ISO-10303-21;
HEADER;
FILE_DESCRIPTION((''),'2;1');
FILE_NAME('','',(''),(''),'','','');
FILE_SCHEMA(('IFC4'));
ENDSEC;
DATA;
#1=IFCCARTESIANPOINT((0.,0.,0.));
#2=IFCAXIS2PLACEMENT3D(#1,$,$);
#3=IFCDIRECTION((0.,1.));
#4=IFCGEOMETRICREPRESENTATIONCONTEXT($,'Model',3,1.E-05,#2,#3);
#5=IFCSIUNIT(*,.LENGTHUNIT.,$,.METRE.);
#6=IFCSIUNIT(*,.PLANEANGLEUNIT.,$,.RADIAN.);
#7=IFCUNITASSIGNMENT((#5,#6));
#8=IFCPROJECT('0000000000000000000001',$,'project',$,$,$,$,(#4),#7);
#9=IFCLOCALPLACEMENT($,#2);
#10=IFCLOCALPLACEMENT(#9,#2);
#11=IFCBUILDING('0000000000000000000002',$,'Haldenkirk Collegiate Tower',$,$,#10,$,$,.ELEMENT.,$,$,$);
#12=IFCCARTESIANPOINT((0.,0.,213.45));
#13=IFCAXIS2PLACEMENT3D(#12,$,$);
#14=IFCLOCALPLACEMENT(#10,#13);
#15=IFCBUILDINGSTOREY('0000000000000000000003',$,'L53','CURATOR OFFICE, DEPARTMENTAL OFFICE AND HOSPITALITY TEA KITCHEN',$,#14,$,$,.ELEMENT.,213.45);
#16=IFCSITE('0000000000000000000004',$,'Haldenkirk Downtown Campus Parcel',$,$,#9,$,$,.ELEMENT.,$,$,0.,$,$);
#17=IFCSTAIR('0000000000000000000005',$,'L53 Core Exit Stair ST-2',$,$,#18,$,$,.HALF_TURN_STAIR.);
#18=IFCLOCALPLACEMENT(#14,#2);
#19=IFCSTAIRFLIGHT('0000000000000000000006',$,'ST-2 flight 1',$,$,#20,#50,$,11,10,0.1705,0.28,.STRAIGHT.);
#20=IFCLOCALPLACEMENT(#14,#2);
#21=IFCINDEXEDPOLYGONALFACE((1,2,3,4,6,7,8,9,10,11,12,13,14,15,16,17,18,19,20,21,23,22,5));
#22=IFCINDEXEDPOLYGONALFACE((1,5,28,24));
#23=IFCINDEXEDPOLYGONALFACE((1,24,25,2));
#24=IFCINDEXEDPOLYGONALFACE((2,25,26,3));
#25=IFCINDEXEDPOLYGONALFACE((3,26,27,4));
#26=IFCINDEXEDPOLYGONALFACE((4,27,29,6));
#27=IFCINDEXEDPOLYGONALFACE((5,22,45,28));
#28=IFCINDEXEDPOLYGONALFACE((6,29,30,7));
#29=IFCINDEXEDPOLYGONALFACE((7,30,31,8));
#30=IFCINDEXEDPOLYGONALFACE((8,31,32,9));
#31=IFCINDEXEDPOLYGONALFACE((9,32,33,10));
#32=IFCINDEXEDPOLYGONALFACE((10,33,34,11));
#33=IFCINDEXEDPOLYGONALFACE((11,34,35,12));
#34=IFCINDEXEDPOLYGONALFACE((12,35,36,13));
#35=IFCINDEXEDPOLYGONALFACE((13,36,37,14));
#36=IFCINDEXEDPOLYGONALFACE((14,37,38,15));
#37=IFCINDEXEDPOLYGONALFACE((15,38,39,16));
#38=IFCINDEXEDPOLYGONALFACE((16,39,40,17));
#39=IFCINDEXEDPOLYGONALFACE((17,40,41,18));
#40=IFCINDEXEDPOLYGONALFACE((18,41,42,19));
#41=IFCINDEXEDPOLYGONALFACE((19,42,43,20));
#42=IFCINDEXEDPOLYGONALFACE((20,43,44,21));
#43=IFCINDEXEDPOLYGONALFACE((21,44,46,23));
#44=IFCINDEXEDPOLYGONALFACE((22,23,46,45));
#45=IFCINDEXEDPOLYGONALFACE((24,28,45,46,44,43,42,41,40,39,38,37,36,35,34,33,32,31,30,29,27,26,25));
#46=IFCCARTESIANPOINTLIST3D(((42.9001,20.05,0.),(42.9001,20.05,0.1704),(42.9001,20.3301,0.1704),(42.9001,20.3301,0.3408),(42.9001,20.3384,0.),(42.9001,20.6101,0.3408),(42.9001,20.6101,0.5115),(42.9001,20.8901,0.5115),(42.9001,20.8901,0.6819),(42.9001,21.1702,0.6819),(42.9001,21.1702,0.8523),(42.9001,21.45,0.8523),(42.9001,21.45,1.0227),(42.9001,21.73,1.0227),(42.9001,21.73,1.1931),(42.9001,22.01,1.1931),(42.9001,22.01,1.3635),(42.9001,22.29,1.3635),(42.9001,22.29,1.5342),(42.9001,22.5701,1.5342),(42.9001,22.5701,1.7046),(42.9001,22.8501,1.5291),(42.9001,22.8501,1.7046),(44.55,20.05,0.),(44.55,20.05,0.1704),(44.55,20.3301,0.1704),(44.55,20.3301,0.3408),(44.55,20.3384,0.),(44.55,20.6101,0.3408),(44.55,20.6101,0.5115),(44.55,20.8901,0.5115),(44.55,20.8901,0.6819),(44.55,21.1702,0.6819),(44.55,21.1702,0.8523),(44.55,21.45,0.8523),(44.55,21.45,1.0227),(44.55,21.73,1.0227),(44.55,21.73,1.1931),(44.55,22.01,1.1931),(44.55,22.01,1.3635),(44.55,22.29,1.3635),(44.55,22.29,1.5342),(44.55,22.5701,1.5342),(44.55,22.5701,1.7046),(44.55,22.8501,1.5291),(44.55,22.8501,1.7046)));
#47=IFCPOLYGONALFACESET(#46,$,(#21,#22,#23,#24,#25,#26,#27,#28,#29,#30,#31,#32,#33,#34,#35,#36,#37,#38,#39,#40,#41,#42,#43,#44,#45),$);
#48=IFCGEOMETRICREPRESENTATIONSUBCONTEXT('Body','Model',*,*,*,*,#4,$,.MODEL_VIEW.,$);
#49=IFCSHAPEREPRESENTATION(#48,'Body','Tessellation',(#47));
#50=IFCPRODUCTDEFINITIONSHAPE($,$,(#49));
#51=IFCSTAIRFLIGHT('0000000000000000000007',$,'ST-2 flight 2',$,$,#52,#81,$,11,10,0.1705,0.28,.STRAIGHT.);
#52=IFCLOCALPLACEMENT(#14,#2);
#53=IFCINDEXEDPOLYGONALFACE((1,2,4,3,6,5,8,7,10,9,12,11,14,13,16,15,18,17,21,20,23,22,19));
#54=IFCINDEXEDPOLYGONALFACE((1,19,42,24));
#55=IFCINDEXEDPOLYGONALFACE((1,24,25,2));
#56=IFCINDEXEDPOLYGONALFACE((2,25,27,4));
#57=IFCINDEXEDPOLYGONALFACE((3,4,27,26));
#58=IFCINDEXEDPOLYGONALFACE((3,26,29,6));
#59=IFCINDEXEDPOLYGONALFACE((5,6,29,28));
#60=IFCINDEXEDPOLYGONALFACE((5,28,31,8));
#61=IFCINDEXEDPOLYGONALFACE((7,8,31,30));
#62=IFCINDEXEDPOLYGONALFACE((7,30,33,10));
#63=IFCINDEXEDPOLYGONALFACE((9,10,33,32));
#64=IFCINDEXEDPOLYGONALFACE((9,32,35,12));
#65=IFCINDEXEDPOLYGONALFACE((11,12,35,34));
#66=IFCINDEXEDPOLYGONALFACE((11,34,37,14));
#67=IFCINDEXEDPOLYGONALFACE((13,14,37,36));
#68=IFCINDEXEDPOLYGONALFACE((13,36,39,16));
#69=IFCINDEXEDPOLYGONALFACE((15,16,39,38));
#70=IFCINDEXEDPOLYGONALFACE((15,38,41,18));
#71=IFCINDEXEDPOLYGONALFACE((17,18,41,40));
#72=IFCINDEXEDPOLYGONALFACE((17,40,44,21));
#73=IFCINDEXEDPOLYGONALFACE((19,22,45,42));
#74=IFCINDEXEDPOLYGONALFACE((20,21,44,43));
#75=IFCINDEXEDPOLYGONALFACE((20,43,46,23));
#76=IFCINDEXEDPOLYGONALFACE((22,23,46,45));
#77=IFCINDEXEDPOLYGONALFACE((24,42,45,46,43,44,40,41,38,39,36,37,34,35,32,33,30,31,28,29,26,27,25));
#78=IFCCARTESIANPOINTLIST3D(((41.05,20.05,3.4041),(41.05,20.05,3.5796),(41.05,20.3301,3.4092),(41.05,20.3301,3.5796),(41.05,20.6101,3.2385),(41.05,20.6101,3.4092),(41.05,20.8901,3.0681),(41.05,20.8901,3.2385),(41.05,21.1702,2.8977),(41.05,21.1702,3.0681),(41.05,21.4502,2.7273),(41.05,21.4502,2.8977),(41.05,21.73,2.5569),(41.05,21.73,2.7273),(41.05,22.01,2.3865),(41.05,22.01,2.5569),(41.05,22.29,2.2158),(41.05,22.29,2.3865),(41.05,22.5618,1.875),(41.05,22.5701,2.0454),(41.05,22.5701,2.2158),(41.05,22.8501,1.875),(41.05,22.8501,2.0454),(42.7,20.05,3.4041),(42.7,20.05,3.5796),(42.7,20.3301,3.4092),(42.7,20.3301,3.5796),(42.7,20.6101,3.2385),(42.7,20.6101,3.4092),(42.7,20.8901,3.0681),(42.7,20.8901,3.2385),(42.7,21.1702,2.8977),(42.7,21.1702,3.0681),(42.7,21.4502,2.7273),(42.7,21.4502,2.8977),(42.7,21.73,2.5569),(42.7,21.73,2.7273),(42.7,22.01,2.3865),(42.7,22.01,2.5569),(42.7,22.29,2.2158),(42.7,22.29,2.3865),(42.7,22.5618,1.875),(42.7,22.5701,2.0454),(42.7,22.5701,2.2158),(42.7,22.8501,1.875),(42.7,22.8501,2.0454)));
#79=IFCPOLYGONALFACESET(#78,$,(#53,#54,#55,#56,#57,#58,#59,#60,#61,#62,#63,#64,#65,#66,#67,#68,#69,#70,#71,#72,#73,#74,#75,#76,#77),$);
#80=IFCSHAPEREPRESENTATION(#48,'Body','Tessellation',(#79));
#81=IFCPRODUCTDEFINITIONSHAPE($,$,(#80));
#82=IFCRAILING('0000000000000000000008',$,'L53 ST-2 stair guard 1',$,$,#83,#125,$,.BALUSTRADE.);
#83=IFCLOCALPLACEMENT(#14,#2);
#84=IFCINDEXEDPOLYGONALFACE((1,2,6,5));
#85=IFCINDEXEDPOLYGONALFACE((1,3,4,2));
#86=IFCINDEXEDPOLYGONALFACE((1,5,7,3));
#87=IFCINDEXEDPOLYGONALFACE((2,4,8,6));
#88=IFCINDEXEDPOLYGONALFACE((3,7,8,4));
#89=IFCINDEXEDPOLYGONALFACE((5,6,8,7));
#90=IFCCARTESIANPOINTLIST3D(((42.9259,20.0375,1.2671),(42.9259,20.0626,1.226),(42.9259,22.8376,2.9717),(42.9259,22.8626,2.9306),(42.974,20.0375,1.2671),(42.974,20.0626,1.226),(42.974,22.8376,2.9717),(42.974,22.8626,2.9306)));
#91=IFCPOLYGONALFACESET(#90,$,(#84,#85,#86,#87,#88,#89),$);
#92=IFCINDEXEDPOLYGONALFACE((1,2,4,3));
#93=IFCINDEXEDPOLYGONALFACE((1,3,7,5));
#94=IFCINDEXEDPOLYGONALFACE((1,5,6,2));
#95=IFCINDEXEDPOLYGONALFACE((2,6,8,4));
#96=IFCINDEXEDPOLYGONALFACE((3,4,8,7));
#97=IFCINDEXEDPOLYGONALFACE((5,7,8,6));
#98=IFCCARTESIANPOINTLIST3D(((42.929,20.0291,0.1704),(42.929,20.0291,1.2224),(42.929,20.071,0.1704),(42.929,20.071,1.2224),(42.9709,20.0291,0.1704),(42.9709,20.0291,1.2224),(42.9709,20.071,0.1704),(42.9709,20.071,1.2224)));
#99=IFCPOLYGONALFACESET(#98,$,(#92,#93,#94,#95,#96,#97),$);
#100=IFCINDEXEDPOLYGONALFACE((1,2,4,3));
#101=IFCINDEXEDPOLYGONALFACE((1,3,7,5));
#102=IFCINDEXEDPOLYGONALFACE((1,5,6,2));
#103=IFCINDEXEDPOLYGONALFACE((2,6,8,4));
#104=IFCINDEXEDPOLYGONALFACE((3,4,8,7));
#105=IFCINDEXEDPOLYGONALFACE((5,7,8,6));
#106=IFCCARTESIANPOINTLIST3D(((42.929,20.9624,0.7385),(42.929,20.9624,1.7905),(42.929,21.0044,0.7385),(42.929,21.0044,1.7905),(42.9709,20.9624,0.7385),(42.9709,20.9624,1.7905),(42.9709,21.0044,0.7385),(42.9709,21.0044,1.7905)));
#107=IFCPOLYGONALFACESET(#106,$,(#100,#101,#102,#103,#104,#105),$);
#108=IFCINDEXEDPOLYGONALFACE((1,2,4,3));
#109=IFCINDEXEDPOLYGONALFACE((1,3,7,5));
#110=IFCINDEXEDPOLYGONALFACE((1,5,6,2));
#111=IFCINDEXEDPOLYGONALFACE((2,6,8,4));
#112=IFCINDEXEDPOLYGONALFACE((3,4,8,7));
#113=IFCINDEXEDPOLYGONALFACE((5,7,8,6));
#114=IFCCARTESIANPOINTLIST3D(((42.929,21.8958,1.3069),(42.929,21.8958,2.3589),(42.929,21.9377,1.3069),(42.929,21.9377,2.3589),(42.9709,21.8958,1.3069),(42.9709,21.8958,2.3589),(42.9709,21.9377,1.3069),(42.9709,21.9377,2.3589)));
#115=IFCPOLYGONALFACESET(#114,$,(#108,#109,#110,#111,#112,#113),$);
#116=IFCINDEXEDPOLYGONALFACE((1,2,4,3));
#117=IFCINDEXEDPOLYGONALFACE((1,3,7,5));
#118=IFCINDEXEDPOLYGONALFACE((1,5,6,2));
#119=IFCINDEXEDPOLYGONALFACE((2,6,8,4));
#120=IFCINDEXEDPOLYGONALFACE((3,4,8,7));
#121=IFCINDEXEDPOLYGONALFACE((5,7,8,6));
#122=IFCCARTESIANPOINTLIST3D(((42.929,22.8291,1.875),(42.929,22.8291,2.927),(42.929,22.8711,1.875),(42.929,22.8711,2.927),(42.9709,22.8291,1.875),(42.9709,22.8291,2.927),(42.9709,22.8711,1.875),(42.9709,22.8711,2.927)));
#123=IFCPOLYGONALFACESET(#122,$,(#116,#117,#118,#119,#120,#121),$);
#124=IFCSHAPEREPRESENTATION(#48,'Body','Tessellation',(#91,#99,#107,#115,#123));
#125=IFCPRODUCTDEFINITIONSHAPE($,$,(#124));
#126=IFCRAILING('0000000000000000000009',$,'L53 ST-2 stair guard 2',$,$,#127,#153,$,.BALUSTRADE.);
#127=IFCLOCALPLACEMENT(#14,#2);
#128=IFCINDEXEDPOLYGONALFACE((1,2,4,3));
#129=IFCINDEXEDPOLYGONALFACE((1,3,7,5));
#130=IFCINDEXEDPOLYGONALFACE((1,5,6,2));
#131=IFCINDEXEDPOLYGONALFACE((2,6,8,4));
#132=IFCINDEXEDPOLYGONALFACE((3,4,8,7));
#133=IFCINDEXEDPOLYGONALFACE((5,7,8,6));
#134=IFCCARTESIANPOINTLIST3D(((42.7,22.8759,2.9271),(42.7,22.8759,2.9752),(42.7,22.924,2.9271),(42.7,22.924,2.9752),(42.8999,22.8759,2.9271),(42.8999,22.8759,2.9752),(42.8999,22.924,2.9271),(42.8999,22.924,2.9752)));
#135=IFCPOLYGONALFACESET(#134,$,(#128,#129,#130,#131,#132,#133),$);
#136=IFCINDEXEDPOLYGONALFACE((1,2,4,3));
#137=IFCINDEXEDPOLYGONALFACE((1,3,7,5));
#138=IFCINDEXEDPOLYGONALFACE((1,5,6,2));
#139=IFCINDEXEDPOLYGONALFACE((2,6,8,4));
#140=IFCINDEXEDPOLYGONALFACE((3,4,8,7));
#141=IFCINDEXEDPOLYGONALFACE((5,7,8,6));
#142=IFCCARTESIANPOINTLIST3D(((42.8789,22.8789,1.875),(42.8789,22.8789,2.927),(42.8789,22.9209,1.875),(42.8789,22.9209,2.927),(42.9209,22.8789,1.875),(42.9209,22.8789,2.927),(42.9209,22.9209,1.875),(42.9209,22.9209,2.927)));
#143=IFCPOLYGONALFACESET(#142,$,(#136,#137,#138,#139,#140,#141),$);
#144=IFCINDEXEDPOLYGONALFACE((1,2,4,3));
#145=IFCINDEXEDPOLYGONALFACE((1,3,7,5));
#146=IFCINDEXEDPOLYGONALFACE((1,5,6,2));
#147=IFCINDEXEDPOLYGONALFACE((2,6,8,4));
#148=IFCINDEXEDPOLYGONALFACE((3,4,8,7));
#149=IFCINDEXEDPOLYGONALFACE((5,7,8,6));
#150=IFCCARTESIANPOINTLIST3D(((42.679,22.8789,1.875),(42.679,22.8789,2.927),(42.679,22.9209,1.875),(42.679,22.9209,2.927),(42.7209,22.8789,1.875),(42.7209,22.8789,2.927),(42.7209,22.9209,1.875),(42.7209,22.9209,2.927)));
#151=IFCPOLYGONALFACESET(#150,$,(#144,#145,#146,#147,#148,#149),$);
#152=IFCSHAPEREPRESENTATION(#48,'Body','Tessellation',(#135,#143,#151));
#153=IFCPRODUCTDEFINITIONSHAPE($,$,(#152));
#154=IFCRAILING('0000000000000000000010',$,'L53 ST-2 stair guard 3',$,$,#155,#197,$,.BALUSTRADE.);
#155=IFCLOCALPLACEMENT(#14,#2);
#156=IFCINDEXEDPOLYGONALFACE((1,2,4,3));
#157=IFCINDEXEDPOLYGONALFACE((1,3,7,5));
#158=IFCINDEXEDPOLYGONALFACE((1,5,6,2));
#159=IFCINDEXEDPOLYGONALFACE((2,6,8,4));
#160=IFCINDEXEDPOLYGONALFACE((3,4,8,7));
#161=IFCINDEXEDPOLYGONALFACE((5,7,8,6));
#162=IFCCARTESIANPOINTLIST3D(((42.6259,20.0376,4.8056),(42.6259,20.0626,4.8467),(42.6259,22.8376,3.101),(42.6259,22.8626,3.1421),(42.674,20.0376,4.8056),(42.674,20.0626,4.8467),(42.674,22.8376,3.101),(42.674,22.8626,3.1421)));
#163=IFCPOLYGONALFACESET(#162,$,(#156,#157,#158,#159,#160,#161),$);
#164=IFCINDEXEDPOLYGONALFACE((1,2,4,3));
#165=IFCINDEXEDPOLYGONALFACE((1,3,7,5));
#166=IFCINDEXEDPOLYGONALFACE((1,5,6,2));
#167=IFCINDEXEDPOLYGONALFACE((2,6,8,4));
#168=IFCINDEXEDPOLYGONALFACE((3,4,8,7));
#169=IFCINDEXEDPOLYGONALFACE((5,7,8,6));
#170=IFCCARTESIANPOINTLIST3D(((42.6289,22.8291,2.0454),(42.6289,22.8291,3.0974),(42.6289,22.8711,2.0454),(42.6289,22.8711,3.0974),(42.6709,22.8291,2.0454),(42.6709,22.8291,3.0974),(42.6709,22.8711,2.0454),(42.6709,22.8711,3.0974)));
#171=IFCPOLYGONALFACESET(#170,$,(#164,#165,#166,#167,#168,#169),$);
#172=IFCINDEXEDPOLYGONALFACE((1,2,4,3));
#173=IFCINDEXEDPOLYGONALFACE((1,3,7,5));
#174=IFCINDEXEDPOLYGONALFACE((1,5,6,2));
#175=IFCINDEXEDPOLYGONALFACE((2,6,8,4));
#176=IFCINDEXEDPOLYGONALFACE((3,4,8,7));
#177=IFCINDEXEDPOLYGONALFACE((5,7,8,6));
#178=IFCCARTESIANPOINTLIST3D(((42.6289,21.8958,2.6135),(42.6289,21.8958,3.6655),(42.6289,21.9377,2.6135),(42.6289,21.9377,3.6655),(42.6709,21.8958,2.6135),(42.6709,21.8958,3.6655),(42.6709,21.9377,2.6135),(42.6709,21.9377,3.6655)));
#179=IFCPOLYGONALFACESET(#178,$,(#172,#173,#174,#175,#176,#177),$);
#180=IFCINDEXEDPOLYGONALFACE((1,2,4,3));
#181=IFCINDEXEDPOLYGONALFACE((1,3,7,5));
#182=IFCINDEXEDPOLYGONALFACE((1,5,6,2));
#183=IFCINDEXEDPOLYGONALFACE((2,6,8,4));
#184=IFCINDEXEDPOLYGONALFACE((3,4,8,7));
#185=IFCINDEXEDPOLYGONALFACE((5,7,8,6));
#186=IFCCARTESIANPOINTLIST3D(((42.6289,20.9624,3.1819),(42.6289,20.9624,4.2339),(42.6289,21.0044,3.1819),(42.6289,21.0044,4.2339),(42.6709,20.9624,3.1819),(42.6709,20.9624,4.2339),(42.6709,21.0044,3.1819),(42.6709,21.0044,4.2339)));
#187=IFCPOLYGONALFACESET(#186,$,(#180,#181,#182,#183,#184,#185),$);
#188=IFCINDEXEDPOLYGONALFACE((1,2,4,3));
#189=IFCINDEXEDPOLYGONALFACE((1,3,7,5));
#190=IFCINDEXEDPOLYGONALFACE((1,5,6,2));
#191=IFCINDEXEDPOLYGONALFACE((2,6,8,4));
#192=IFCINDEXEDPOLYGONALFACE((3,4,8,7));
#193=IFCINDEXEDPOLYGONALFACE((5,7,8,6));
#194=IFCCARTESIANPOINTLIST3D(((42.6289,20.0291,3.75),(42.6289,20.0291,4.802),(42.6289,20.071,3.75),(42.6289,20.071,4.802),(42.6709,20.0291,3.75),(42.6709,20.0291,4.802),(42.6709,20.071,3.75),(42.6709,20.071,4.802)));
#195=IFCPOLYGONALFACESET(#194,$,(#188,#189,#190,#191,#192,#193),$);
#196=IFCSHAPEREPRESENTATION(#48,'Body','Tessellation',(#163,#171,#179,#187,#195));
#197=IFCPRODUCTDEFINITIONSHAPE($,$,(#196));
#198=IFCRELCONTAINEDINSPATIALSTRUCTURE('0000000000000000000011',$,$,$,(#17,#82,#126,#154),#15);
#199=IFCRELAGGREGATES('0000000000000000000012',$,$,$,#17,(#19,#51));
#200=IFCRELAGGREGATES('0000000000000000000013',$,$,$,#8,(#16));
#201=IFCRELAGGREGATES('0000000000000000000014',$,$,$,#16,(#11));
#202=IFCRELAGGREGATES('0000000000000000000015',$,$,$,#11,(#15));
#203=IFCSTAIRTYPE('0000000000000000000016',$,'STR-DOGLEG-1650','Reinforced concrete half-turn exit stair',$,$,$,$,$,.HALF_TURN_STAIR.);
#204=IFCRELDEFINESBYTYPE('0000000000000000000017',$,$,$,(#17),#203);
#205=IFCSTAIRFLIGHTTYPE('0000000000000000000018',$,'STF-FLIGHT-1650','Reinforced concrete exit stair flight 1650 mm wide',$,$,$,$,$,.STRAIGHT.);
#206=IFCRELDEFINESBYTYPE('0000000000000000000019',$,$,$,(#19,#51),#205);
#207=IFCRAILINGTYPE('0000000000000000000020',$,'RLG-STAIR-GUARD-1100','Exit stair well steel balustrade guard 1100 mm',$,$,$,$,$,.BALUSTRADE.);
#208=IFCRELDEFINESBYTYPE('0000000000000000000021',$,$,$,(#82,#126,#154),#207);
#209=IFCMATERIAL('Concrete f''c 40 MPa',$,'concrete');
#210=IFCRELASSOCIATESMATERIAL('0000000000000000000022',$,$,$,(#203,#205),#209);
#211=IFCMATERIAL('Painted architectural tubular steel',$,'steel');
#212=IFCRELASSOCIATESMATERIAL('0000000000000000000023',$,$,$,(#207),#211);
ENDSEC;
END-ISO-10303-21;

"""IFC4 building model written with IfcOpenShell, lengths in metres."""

from ifc_helpers import new_model, si_unit, direction, frame, origin, origin_2d, place, context, subcontext, project, spatial, polyline, rectangle, outline, extrude, material, type_object, element, aggregate, save


model = new_model("IFC4")

# Units and contexts
model_context = context("Model", 3, precision=1e-05, world=origin(), true_north=direction((0.0, 1.0)))
body_context = subcontext(model_context, "Body", "Model", "MODEL_VIEW")
ifc_project = project(units=[si_unit("LENGTHUNIT", "METRE"), si_unit("PLANEANGLEUNIT", "RADIAN")], contexts=[model_context])

# Site, building, storey
site_placement = place(None, origin())
site = spatial("IfcSite", under=ifc_project, at=site_placement, Name="Haldenkirk Downtown Campus Parcel", CompositionType="ELEMENT", RefElevation=0.0)
building_placement = place(site_placement, origin())
building = spatial("IfcBuilding", under=site, at=building_placement, Name="Haldenkirk Collegiate Tower", CompositionType="ELEMENT")
storey_placement = place(building_placement, frame((0.0, 0.0, 213.45)))
storey = spatial("IfcBuildingStorey", under=building, at=storey_placement, Name="L53", Description="CURATOR OFFICE, DEPARTMENTAL OFFICE AND HOSPITALITY TEA KITCHEN", CompositionType="ELEMENT", Elevation=213.45)

# Stair, stair flights
ifc_material_1 = material(Name="Concrete f'c 40 MPa", Category="concrete")
stair_type = type_object("IfcStairType", Name="STR-DOGLEG-1650", Description="Reinforced concrete half-turn exit stair", PredefinedType="HALF_TURN_STAIR", material=ifc_material_1)
stair_placement = place(storey_placement, origin())
stair = element("IfcStair", 1, at=stair_placement, inside=storey, type_object=stair_type, Name="L53 Core Exit Stair ST-2", PredefinedType="HALF_TURN_STAIR")
stair_flight_type = type_object("IfcStairFlightType", Name="STF-FLIGHT-1650", Description="Reinforced concrete exit stair flight 1650 mm wide", PredefinedType="STRAIGHT", material=ifc_material_1)
stair_flight_1_placement = place(storey_placement, frame((43.7251, 20.05, 0.0), z_axis=(0.0, 0.0, 1.0), x_axis=(0.0, 1.0, 0.0)))
stair_flight_1 = element("IfcStairFlight", 2, at=stair_flight_1_placement, type_object=stair_flight_type, Name="ST-2 flight 1", NumberOfRisers=11, NumberOfTreads=10, PredefinedType="STRAIGHT", RiserHeight=0.1705, TreadLength=0.28, context=body_context, shape_type="SweptSolid", body=[
    extrude(outline(polyline([(0.0, 0.0), (0.0, 0.1704), (0.28, 0.1704), (0.28, 0.3408), (0.5601, 0.3408), (0.5601, 0.5115), (0.8401, 0.5115), (0.8401, 0.6819), (1.1201, 0.6819), (1.1201, 0.8523), (1.3999, 0.8523), (1.3999, 1.0227), (1.6799, 1.0227), (1.6799, 1.1931), (1.96, 1.1931), (1.96, 1.3635), (2.24, 1.3635), (2.24, 1.5342), (2.52, 1.5342), (2.52, 1.7046), (2.8, 1.7046), (2.8, 1.875), (2.8, 1.5291), (0.2883, 0.0), (0.0, 0.0)])), frame((0.0, 0.825, 0.0), z_axis=(0.0, -1.0, 0.0), x_axis=(1.0, 0.0, 0.0)), (0.0, 0.0, 1.0), 1.6499),
])
stair_flight_2_placement = place(storey_placement, frame((41.875, 22.8501, 1.875), z_axis=(0.0, 0.0, 1.0), x_axis=(0.0, -1.0, 0.0)))
stair_flight_2 = element("IfcStairFlight", 3, at=stair_flight_2_placement, type_object=stair_flight_type, Name="ST-2 flight 2", NumberOfRisers=11, NumberOfTreads=10, PredefinedType="STRAIGHT", RiserHeight=0.1705, TreadLength=0.28, context=body_context, shape_type="SweptSolid", body=[
    extrude(outline(polyline([(0.0, 0.0), (0.0, 0.1704), (0.28, 0.1704), (0.28, 0.3408), (0.5601, 0.3408), (0.5601, 0.5115), (0.8401, 0.5115), (0.8401, 0.6819), (1.1201, 0.6819), (1.1201, 0.8523), (1.3999, 0.8523), (1.3999, 1.0227), (1.6799, 1.0227), (1.6799, 1.1931), (1.96, 1.1931), (1.96, 1.3635), (2.24, 1.3635), (2.24, 1.5342), (2.52, 1.5342), (2.52, 1.7046), (2.8, 1.7046), (2.8, 1.875), (2.8, 1.5291), (0.2883, 0.0), (0.0, 0.0)])), frame((0.0, 0.825, 0.0), z_axis=(0.0, -1.0, 0.0), x_axis=(1.0, 0.0, 0.0)), (0.0, 0.0, 1.0), 1.6499),
])
aggregate(stair, [stair_flight_1, stair_flight_2])

# Railings
ifc_material_2 = material(Name="Painted architectural tubular steel", Category="steel")
railing_type_1 = type_object("IfcRailingType", Name="RLG-STAIR-GUARD-1100", Description="Exit stair well steel balustrade guard 1100 mm", PredefinedType="BALUSTRADE", material=ifc_material_2)
railing_1_placement = place(storey_placement, frame((42.95, 20.05, 0.1704)))
element("IfcRailing", 4, at=railing_1_placement, inside=storey, type_object=railing_type_1, Name="L53 ST-2 stair guard 1", PredefinedType="BALUSTRADE", context=body_context, shape_type="SweptSolid", body=[
    extrude(rectangle(XDim=0.0481, YDim=0.0481, at=origin_2d()), frame((0.0, 0.0, 1.0762), z_axis=(0.0, 0.85417, 0.519994), x_axis=(-1.0, 0.0, 0.0)), (0.0, 0.0, 1.0), 3.2781),
    extrude(rectangle(XDim=0.042, YDim=0.042, at=origin_2d()), origin(), (0.0, 0.0, 1.0), 1.052),
    extrude(rectangle(XDim=0.042, YDim=0.042, at=origin_2d()), frame((0.0, 0.9333, 0.5681)), (0.0, 0.0, 1.0), 1.052),
    extrude(rectangle(XDim=0.042, YDim=0.042, at=origin_2d()), frame((0.0, 1.8667, 1.1365)), (0.0, 0.0, 1.0), 1.052),
    extrude(rectangle(XDim=0.042, YDim=0.042, at=origin_2d()), frame((0.0, 2.8, 1.7046)), (0.0, 0.0, 1.0), 1.052),
])
railing_2_placement = place(storey_placement, frame((42.8999, 22.8999, 1.875)))
element("IfcRailing", 5, at=railing_2_placement, inside=storey, type_object=railing_type_1, Name="L53 ST-2 stair guard 2", PredefinedType="BALUSTRADE", context=body_context, shape_type="SweptSolid", body=[
    extrude(rectangle(XDim=0.0481, YDim=0.0481, at=origin_2d()), frame((0.0, 0.0, 1.0762), z_axis=(-1.0, 0.0, 0.0), x_axis=(0.0, -1.0, 0.0)), (0.0, 0.0, 1.0), 0.2),
    extrude(rectangle(XDim=0.042, YDim=0.042, at=origin_2d()), origin(), (0.0, 0.0, 1.0), 1.052),
    extrude(rectangle(XDim=0.042, YDim=0.042, at=origin_2d()), frame((-0.2, 0.0, 0.0)), (0.0, 0.0, 1.0), 1.052),
])
railing_3_placement = place(storey_placement, frame((42.6499, 22.8501, 2.0454)))
element("IfcRailing", 6, at=railing_3_placement, inside=storey, type_object=railing_type_1, Name="L53 ST-2 stair guard 3", PredefinedType="BALUSTRADE", context=body_context, shape_type="SweptSolid", body=[
    extrude(rectangle(XDim=0.0481, YDim=0.0481, at=origin_2d()), frame((0.0, 0.0, 1.0762), z_axis=(0.0, -0.85417, 0.519994), x_axis=(1.0, 0.0, 0.0)), (0.0, 0.0, 1.0), 3.2781),
    extrude(rectangle(XDim=0.042, YDim=0.042, at=origin_2d()), origin(), (0.0, 0.0, 1.0), 1.052),
    extrude(rectangle(XDim=0.042, YDim=0.042, at=origin_2d()), frame((0.0, -0.9333, 0.5681)), (0.0, 0.0, 1.0), 1.052),
    extrude(rectangle(XDim=0.042, YDim=0.042, at=origin_2d()), frame((0.0, -1.8667, 1.1365)), (0.0, 0.0, 1.0), 1.052),
    extrude(rectangle(XDim=0.042, YDim=0.042, at=origin_2d()), frame((0.0, -2.8, 1.7046)), (0.0, 0.0, 1.0), 1.052),
])

save(model, "model.ifc")
